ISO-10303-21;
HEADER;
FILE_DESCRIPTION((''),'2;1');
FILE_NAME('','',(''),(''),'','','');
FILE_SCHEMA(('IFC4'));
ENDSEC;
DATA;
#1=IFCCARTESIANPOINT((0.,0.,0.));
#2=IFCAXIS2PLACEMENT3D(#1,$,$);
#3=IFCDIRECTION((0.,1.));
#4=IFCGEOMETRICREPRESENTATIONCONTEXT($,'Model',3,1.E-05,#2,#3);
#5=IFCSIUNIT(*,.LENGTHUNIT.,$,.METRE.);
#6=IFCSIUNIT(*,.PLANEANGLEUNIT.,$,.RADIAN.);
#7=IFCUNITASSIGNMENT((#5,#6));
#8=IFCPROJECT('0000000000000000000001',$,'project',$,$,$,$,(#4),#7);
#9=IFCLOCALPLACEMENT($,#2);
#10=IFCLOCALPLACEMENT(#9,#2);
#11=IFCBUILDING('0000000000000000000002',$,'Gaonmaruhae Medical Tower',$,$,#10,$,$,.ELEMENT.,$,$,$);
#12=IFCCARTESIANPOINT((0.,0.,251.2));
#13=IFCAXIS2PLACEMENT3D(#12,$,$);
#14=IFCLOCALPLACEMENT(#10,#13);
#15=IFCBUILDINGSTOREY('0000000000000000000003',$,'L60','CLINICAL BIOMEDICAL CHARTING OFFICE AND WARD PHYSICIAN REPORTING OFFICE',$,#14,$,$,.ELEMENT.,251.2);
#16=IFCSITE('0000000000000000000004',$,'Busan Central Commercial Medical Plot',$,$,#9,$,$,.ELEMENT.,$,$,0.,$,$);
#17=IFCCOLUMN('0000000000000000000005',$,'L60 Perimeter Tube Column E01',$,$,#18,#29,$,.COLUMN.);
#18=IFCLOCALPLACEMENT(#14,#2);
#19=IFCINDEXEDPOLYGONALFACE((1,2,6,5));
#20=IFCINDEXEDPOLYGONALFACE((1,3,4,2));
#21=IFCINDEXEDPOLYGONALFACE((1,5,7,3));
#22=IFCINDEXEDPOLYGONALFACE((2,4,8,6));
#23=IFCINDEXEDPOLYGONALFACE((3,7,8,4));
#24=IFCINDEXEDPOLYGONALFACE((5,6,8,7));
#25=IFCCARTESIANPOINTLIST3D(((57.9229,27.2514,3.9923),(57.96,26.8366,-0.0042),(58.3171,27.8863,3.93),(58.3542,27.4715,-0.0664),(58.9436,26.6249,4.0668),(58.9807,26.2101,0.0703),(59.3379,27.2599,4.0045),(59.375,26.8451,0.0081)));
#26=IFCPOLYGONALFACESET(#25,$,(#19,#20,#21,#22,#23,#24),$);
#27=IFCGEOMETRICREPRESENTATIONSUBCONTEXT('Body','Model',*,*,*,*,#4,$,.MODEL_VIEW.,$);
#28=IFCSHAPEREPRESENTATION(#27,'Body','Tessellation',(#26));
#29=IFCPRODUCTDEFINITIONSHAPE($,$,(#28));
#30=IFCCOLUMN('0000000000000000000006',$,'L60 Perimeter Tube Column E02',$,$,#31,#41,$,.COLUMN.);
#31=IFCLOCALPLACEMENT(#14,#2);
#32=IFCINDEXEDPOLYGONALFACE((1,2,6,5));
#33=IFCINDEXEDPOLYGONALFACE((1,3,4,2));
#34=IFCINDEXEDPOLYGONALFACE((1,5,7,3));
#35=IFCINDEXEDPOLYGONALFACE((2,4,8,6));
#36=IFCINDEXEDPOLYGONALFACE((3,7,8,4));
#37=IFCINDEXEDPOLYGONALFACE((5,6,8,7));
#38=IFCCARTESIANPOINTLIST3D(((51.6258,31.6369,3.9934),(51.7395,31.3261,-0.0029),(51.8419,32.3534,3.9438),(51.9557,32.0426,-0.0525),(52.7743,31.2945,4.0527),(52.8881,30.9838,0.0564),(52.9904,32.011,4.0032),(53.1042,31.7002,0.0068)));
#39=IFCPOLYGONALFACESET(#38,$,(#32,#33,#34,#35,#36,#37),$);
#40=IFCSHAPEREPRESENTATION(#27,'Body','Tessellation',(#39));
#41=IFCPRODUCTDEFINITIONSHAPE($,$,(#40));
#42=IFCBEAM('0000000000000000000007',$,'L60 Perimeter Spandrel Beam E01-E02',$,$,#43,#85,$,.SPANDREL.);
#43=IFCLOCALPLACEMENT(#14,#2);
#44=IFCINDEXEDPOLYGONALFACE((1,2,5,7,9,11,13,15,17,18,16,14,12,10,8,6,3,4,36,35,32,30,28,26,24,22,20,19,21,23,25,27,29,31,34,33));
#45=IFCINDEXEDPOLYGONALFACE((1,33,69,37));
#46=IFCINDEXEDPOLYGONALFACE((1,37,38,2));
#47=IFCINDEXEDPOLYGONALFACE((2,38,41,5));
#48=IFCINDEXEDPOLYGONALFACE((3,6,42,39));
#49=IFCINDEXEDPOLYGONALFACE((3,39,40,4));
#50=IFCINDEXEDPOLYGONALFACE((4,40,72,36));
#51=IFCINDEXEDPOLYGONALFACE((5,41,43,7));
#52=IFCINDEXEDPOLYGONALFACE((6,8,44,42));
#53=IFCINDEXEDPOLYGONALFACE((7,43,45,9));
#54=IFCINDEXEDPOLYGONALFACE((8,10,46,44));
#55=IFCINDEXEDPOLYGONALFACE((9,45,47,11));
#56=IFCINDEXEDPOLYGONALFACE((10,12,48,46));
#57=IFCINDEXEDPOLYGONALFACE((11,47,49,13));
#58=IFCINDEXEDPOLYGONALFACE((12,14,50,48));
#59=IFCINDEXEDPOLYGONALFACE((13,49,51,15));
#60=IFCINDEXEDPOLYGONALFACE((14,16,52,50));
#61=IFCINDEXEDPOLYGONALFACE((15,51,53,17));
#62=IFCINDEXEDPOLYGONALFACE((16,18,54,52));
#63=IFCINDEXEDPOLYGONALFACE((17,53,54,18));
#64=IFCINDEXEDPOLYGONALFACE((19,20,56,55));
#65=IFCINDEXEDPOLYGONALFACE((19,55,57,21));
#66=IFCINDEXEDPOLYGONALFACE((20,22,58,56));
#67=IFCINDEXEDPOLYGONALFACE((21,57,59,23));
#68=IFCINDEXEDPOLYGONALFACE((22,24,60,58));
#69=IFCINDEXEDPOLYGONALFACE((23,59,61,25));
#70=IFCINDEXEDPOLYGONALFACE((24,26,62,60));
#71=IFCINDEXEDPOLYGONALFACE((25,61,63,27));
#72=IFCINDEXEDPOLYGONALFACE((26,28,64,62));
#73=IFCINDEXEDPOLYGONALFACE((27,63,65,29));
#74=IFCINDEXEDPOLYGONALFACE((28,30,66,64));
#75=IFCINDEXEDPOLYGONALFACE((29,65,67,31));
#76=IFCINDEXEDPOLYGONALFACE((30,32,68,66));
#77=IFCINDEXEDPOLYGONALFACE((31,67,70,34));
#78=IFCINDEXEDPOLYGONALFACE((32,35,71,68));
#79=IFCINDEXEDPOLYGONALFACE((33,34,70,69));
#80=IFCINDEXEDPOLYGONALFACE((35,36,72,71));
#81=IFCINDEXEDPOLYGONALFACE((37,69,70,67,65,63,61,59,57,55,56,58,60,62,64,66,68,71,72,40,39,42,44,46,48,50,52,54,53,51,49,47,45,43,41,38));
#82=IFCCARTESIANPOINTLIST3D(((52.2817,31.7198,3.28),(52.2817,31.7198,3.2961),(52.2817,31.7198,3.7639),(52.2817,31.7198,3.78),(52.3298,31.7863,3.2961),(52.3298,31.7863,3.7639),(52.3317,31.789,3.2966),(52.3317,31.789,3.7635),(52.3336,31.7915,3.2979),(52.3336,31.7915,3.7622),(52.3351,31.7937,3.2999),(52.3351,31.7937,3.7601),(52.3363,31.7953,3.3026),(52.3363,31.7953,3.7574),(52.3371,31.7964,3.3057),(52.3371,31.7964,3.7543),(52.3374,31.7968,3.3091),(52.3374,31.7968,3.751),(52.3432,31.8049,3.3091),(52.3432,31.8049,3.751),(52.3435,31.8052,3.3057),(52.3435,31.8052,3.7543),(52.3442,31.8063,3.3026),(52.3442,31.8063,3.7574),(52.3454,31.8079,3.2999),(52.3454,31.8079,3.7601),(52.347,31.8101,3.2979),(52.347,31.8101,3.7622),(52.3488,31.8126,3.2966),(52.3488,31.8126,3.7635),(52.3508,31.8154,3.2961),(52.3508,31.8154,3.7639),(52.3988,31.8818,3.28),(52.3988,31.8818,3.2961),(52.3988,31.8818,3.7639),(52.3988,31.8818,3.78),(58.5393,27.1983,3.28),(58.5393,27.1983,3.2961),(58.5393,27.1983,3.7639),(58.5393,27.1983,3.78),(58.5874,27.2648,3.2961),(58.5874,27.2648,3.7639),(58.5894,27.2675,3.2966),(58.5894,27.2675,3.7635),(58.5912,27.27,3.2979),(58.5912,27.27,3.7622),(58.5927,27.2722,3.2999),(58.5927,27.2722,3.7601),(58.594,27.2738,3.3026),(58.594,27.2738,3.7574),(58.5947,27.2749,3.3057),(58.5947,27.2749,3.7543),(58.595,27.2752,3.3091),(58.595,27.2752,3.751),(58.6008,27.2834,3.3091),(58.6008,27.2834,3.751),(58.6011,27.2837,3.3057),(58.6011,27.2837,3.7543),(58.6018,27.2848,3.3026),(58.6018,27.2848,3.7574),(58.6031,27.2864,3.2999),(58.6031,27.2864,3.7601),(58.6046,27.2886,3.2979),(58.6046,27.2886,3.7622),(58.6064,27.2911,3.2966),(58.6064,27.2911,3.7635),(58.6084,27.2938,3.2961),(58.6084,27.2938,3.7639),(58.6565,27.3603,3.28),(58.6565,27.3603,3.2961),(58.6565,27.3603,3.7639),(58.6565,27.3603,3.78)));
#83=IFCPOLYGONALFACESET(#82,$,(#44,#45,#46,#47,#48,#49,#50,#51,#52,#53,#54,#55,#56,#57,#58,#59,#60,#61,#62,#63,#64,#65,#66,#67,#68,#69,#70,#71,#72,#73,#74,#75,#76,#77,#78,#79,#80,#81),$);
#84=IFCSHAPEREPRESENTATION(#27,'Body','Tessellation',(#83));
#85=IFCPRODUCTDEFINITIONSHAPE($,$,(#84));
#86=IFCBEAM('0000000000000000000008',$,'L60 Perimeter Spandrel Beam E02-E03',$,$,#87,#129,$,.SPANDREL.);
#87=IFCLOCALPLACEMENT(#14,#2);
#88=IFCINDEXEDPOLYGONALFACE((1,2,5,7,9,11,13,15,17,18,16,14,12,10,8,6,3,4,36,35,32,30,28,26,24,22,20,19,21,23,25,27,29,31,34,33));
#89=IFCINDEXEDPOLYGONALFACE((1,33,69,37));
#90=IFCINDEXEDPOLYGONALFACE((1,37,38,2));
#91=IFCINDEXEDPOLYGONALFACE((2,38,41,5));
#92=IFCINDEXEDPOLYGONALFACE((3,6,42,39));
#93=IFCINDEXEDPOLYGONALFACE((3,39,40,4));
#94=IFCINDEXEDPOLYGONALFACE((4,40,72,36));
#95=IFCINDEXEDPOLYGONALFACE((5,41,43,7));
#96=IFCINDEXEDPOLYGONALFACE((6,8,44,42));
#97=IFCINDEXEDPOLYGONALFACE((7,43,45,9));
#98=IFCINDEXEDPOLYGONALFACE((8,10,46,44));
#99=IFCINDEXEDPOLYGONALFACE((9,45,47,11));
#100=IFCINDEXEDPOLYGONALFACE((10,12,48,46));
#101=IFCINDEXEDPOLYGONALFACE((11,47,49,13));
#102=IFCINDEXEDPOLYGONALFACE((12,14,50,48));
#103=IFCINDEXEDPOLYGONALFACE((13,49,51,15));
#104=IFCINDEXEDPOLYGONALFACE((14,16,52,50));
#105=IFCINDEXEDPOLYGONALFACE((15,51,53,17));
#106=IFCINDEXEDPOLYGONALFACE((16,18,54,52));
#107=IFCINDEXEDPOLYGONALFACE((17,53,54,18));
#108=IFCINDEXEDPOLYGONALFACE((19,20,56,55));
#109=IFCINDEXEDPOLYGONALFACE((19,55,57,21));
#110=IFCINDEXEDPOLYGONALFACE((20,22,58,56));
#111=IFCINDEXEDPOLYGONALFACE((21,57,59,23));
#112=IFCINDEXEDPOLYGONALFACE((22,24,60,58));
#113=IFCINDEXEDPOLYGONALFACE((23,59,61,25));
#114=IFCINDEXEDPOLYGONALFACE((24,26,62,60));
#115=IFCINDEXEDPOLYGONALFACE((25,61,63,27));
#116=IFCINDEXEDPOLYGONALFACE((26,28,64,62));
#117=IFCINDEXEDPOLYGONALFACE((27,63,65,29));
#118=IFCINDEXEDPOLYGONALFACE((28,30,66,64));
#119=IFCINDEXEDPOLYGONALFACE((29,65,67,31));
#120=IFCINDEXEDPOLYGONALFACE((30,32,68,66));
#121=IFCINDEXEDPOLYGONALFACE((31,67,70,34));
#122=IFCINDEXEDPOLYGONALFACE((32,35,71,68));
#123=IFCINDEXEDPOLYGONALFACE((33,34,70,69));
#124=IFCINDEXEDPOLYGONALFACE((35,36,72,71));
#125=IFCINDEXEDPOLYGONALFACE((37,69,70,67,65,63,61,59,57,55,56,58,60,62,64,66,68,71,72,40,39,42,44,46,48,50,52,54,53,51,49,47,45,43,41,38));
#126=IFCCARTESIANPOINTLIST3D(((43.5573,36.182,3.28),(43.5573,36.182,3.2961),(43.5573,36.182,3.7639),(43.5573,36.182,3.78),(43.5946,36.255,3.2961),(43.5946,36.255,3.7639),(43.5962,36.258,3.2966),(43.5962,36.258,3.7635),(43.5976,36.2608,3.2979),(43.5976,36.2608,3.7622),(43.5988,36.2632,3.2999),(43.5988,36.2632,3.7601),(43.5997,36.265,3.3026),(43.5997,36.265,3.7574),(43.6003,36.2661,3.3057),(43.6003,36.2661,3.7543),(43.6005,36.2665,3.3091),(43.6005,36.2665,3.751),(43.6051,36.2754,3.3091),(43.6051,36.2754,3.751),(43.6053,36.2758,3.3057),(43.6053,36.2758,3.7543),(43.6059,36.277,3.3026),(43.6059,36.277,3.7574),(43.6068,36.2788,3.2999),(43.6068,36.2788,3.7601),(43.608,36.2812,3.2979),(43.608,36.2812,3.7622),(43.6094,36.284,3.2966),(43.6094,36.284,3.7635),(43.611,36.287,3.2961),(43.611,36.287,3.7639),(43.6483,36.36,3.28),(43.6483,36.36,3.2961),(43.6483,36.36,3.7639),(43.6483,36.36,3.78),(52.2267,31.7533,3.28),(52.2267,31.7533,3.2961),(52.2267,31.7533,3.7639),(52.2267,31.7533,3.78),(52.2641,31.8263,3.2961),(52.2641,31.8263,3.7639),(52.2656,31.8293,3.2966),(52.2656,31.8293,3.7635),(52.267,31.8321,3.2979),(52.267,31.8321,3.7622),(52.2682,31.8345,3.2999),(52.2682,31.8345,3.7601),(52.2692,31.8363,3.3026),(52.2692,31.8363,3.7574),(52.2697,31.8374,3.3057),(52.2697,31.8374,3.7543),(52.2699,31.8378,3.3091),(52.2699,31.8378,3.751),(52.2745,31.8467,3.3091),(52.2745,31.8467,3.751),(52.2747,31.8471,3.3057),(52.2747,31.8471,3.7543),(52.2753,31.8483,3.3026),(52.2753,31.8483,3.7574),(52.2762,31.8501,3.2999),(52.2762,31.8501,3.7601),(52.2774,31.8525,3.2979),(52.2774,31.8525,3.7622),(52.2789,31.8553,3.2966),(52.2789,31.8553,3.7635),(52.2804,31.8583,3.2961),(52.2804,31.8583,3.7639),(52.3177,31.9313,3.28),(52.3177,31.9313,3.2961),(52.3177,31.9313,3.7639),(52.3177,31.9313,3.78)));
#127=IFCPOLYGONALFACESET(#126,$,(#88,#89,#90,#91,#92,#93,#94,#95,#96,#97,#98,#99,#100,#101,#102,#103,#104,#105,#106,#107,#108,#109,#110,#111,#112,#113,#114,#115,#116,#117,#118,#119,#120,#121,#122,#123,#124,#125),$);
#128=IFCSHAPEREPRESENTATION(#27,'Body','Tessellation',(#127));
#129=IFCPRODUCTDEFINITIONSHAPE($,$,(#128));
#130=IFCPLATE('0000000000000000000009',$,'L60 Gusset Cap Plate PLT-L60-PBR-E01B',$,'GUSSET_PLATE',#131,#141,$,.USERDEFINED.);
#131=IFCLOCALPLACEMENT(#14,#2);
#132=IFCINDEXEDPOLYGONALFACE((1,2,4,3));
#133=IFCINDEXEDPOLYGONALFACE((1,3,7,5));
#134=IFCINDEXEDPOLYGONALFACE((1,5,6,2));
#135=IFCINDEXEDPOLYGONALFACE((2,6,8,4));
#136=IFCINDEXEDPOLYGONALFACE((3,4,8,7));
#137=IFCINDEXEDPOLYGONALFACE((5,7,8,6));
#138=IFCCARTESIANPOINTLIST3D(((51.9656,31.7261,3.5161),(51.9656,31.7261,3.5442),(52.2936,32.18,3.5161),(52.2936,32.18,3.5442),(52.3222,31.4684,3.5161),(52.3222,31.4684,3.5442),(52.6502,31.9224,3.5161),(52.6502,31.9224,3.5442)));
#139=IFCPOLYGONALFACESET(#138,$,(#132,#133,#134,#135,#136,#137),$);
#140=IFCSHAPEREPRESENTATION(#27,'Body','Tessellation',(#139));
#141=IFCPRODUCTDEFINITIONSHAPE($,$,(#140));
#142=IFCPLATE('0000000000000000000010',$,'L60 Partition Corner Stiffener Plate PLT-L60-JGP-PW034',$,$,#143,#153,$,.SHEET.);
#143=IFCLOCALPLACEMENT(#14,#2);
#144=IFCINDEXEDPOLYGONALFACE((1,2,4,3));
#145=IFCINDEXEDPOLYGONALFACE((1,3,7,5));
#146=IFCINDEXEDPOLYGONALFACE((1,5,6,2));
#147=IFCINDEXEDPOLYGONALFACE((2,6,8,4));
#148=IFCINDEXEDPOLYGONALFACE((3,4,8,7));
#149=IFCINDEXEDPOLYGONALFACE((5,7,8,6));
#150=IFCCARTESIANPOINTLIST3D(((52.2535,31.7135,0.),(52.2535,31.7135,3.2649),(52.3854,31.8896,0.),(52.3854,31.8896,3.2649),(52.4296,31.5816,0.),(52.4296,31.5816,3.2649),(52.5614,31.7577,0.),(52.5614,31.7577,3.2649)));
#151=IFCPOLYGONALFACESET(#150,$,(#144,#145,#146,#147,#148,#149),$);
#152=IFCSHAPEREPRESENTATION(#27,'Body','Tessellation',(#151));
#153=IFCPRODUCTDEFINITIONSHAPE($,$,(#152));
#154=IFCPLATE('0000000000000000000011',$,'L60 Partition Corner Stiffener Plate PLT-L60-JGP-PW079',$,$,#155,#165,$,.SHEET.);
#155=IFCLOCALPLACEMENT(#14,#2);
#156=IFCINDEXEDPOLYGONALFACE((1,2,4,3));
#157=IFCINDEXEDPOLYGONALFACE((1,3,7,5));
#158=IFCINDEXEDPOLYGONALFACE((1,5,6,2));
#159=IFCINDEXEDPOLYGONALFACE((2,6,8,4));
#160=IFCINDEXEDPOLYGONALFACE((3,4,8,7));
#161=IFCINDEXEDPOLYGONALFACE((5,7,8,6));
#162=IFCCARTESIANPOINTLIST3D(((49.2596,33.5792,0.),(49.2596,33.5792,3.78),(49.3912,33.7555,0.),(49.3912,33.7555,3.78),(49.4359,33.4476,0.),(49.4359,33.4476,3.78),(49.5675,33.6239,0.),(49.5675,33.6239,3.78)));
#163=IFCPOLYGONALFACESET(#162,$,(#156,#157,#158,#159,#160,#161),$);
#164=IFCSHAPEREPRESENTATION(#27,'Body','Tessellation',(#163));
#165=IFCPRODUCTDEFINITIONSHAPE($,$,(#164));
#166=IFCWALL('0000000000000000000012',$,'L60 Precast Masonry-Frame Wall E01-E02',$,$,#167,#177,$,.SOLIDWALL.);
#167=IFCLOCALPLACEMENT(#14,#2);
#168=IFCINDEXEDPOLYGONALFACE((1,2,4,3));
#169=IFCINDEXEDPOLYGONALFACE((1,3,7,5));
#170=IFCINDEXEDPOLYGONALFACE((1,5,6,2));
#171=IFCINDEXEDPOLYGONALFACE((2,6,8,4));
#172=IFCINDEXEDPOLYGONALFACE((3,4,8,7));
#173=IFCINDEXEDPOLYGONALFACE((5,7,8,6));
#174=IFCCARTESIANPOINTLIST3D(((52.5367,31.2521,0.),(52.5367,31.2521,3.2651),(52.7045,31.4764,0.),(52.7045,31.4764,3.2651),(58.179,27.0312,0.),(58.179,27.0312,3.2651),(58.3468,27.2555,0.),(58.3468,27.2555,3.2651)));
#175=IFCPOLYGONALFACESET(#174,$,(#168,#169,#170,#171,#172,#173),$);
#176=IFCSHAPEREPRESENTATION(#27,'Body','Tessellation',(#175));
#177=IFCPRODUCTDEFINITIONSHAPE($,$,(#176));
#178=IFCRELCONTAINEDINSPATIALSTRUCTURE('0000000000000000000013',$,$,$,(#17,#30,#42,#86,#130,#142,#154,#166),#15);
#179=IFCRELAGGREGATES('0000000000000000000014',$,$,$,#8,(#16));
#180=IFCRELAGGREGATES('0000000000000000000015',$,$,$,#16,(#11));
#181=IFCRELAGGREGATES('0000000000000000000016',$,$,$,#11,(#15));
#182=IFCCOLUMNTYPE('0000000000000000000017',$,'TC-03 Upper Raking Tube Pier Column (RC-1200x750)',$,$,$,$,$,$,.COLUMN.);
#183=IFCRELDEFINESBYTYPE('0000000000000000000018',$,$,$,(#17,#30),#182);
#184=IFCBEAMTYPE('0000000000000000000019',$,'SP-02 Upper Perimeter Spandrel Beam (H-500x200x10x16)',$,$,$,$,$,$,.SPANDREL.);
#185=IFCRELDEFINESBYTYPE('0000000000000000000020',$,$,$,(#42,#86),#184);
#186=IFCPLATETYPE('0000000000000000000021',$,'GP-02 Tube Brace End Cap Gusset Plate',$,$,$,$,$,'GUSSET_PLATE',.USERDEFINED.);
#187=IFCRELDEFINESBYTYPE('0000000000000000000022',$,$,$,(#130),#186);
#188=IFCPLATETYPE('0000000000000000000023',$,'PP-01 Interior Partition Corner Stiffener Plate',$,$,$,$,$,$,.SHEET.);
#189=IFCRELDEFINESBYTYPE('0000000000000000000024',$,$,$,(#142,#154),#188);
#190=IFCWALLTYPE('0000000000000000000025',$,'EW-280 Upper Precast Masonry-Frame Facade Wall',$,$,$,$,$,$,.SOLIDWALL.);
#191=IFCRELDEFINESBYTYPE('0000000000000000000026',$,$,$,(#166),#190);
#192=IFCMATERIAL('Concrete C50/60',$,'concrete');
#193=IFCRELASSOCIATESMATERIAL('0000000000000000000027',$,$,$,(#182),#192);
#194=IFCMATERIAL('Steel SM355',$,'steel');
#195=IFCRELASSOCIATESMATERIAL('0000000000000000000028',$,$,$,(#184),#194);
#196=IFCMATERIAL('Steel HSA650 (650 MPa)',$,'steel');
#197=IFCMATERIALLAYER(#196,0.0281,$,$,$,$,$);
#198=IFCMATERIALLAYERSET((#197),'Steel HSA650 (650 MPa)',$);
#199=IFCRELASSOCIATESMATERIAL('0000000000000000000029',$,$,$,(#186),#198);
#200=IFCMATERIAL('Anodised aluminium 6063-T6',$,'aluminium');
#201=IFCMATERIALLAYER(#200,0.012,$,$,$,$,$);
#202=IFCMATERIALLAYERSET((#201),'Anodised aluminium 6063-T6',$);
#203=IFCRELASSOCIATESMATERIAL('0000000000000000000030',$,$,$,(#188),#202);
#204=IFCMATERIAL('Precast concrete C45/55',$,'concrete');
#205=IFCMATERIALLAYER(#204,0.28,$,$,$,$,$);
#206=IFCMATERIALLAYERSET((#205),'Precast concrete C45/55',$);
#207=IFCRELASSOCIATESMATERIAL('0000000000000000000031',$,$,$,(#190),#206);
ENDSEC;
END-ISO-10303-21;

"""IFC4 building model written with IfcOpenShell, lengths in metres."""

from ifc_helpers import new_model, si_unit, direction, frame, frame_2d, origin, origin_2d, place, context, subcontext, project, spatial, rectangle, i_section, extrude, material, layer, layer_set, material_profile, profile_set, type_object, element, save


model = new_model("IFC4")

# Units and contexts
model_context = context("Model", 3, precision=1e-05, world=origin(), true_north=direction((0.0, 1.0)))
body_context = subcontext(model_context, "Body", "Model", "MODEL_VIEW")
ifc_project = project(units=[si_unit("LENGTHUNIT", "METRE"), si_unit("PLANEANGLEUNIT", "RADIAN")], contexts=[model_context])

# Site, building, storey
site_placement = place(None, origin())
site = spatial("IfcSite", under=ifc_project, at=site_placement, Name="Busan Central Commercial Medical Plot", CompositionType="ELEMENT", RefElevation=0.0)
building_placement = place(site_placement, origin())
building = spatial("IfcBuilding", under=site, at=building_placement, Name="Gaonmaruhae Medical Tower", CompositionType="ELEMENT")
storey_placement = place(building_placement, frame((0.0, 0.0, 251.2)))
storey = spatial("IfcBuildingStorey", under=building, at=storey_placement, Name="L60", Description="CLINICAL BIOMEDICAL CHARTING OFFICE AND WARD PHYSICIAN REPORTING OFFICE", CompositionType="ELEMENT", Elevation=251.2)

# Columns
ifc_material_1 = material(Name="Concrete C50/60", Category="concrete")
ifc_material_profile_1 = material_profile(ifc_material_1, rectangle(XDim=1.2, YDim=0.75, at=origin_2d()), Name="RC-1200x750")
ifc_profile_set_1 = profile_set([ifc_material_profile_1], Name="Concrete C50/60")
column_type = type_object("IfcColumnType", Name="TC-03 Upper Raking Tube Pier Column (RC-1200x750)", PredefinedType="COLUMN", material=ifc_profile_set_1)
column_1_placement = place(storey_placement, frame((58.6675, 26.8408, 0.002), z_axis=(-0.009236, 0.103235, 0.994614), x_axis=(0.850637, -0.522075, 0.062087)))
element("IfcColumn", 1, at=column_1_placement, inside=storey, type_object=column_type, Name="L60 Perimeter Tube Column E01", PredefinedType="COLUMN", context=body_context, shape_type="SweptSolid", body=[
    extrude(rectangle(XDim=1.2, YDim=0.75, at=origin_2d()), origin(), (0.0, 0.0, 1.0), 4.0181),
])
column_2_placement = place(storey_placement, frame((52.4219, 31.5132, 0.002), z_axis=(-0.028371, 0.077504, 0.996588), x_axis=(0.957149, -0.285343, 0.049439)))
element("IfcColumn", 2, at=column_2_placement, inside=storey, type_object=column_type, Name="L60 Perimeter Tube Column E02", PredefinedType="COLUMN", context=body_context, shape_type="SweptSolid", body=[
    extrude(rectangle(XDim=1.2, YDim=0.75, at=origin_2d()), origin(), (0.0, 0.0, 1.0), 4.01),
])

# Beams
ifc_material_2 = material(Name="Steel SM355", Category="steel")
ifc_material_profile_2 = material_profile(ifc_material_2, i_section(OverallWidth=0.2, OverallDepth=0.5, WebThickness=0.01, FlangeThickness=0.0161, FilletRadius=0.0129, at=origin_2d()), Name="H-500x200x10x16")
ifc_profile_set_2 = profile_set([ifc_material_profile_2], Name="Steel SM355")
beam_type = type_object("IfcBeamType", Name="SP-02 Upper Perimeter Spandrel Beam (H-500x200x10x16)", PredefinedType="SPANDREL", material=ifc_profile_set_2)
beam_1_placement = place(storey_placement, frame((58.5979, 27.2793, 3.53), z_axis=(-0.810548, 0.585672, 0.0), x_axis=(-0.585672, -0.810548, 0.0)))
element("IfcBeam", 3, at=beam_1_placement, inside=storey, type_object=beam_type, Name="L60 Perimeter Spandrel Beam E01-E02", PredefinedType="SPANDREL", context=body_context, shape_type="SweptSolid", body=[
    extrude(i_section(OverallWidth=0.2, OverallDepth=0.5, WebThickness=0.01, FlangeThickness=0.0161, FilletRadius=0.0129, at=origin_2d()), origin(), (0.0, 0.0, 1.0), 7.7202),
])
beam_2_placement = place(storey_placement, frame((52.2722, 31.8423, 3.53), z_axis=(-0.890532, 0.454921, 0.0), x_axis=(-0.454921, -0.890532, 0.0)))
element("IfcBeam", 4, at=beam_2_placement, inside=storey, type_object=beam_type, Name="L60 Perimeter Spandrel Beam E02-E03", PredefinedType="SPANDREL", context=body_context, shape_type="SweptSolid", body=[
    extrude(i_section(OverallWidth=0.2, OverallDepth=0.5, WebThickness=0.01, FlangeThickness=0.0161, FilletRadius=0.0129, at=origin_2d()), origin(), (0.0, 0.0, 1.0), 9.7351),
])

# Plates
ifc_material_3 = material(Name="Steel HSA650 (650 MPa)", Category="steel")
ifc_layer_1 = layer(ifc_material_3, 0.0281)
ifc_layer_set_1 = layer_set([ifc_layer_1], Name="Steel HSA650 (650 MPa)")
plate_type_1 = type_object("IfcPlateType", Name="GP-02 Tube Brace End Cap Gusset Plate", ElementType="GUSSET_PLATE", PredefinedType="USERDEFINED", material=ifc_layer_set_1)
plate_1_placement = place(storey_placement, frame((52.3079, 31.8242, 3.5161), z_axis=(0.0, 0.0, 1.0), x_axis=(0.585665, 0.810553, 0.0)))
element("IfcPlate", 5, at=plate_1_placement, inside=storey, type_object=plate_type_1, Name="L60 Gusset Cap Plate PLT-L60-PBR-E01B", ObjectType="GUSSET_PLATE", PredefinedType="USERDEFINED", context=body_context, shape_type="SweptSolid", body=[
    extrude(rectangle(XDim=0.5601, YDim=0.4399, at=origin_2d()), origin(), (0.0, 0.0, 1.0), 0.0281),
])
ifc_material_4 = material(Name="Anodised aluminium 6063-T6", Category="aluminium")
ifc_layer_2 = layer(ifc_material_4, 0.012)
ifc_layer_set_2 = layer_set([ifc_layer_2], Name="Anodised aluminium 6063-T6")
plate_type_2 = type_object("IfcPlateType", Name="PP-01 Interior Partition Corner Stiffener Plate", PredefinedType="SHEET", material=ifc_layer_set_2)
plate_2_placement = place(storey_placement, frame((52.4075, 31.7356, 0.0), z_axis=(0.0, 0.0, 1.0), x_axis=(0.800459, -0.599387, 0.0)))
element("IfcPlate", 6, at=plate_2_placement, inside=storey, type_object=plate_type_2, Name="L60 Partition Corner Stiffener Plate PLT-L60-JGP-PW034", PredefinedType="SHEET", context=body_context, shape_type="SweptSolid", body=[
    extrude(rectangle(XDim=0.22, YDim=0.22, at=origin_2d()), origin(), (0.0, 0.0, 1.0), 3.2649),
])
plate_3_placement = place(storey_placement, frame((49.4136, 33.6016, 0.0), z_axis=(0.0, 0.0, 1.0), x_axis=(-0.598255, -0.801306, 0.0)))
element("IfcPlate", 7, at=plate_3_placement, inside=storey, type_object=plate_type_2, Name="L60 Partition Corner Stiffener Plate PLT-L60-JGP-PW079", PredefinedType="SHEET", context=body_context, shape_type="SweptSolid", body=[
    extrude(rectangle(XDim=0.22, YDim=0.22, at=origin_2d()), origin(), (0.0, 0.0, 1.0), 3.78),
])

# Wall
ifc_material_5 = material(Name="Precast concrete C45/55", Category="concrete")
ifc_layer_3 = layer(ifc_material_5, 0.28)
ifc_layer_set_3 = layer_set([ifc_layer_3], Name="Precast concrete C45/55")
wall_type_1 = type_object("IfcWallType", Name="EW-280 Upper Precast Masonry-Frame Facade Wall", PredefinedType="SOLIDWALL", material=ifc_layer_set_3)
wall_1_placement = place(storey_placement, frame((52.6206, 31.3643, 0.0), z_axis=(0.0, 0.0, 1.0), x_axis=(0.800735, -0.599018, 0.0)))
element("IfcWall", 8, at=wall_1_placement, inside=storey, type_object=wall_type_1, Name="L60 Precast Masonry-Frame Wall E01-E02", PredefinedType="SOLIDWALL", context=body_context, shape_type="SweptSolid", body=[
    extrude(rectangle(XDim=7.0464, YDim=0.28, at=frame_2d((3.5232, 0.0))), origin(), (0.0, 0.0, 1.0), 3.2651),
])

save(model, "model.ifc")
